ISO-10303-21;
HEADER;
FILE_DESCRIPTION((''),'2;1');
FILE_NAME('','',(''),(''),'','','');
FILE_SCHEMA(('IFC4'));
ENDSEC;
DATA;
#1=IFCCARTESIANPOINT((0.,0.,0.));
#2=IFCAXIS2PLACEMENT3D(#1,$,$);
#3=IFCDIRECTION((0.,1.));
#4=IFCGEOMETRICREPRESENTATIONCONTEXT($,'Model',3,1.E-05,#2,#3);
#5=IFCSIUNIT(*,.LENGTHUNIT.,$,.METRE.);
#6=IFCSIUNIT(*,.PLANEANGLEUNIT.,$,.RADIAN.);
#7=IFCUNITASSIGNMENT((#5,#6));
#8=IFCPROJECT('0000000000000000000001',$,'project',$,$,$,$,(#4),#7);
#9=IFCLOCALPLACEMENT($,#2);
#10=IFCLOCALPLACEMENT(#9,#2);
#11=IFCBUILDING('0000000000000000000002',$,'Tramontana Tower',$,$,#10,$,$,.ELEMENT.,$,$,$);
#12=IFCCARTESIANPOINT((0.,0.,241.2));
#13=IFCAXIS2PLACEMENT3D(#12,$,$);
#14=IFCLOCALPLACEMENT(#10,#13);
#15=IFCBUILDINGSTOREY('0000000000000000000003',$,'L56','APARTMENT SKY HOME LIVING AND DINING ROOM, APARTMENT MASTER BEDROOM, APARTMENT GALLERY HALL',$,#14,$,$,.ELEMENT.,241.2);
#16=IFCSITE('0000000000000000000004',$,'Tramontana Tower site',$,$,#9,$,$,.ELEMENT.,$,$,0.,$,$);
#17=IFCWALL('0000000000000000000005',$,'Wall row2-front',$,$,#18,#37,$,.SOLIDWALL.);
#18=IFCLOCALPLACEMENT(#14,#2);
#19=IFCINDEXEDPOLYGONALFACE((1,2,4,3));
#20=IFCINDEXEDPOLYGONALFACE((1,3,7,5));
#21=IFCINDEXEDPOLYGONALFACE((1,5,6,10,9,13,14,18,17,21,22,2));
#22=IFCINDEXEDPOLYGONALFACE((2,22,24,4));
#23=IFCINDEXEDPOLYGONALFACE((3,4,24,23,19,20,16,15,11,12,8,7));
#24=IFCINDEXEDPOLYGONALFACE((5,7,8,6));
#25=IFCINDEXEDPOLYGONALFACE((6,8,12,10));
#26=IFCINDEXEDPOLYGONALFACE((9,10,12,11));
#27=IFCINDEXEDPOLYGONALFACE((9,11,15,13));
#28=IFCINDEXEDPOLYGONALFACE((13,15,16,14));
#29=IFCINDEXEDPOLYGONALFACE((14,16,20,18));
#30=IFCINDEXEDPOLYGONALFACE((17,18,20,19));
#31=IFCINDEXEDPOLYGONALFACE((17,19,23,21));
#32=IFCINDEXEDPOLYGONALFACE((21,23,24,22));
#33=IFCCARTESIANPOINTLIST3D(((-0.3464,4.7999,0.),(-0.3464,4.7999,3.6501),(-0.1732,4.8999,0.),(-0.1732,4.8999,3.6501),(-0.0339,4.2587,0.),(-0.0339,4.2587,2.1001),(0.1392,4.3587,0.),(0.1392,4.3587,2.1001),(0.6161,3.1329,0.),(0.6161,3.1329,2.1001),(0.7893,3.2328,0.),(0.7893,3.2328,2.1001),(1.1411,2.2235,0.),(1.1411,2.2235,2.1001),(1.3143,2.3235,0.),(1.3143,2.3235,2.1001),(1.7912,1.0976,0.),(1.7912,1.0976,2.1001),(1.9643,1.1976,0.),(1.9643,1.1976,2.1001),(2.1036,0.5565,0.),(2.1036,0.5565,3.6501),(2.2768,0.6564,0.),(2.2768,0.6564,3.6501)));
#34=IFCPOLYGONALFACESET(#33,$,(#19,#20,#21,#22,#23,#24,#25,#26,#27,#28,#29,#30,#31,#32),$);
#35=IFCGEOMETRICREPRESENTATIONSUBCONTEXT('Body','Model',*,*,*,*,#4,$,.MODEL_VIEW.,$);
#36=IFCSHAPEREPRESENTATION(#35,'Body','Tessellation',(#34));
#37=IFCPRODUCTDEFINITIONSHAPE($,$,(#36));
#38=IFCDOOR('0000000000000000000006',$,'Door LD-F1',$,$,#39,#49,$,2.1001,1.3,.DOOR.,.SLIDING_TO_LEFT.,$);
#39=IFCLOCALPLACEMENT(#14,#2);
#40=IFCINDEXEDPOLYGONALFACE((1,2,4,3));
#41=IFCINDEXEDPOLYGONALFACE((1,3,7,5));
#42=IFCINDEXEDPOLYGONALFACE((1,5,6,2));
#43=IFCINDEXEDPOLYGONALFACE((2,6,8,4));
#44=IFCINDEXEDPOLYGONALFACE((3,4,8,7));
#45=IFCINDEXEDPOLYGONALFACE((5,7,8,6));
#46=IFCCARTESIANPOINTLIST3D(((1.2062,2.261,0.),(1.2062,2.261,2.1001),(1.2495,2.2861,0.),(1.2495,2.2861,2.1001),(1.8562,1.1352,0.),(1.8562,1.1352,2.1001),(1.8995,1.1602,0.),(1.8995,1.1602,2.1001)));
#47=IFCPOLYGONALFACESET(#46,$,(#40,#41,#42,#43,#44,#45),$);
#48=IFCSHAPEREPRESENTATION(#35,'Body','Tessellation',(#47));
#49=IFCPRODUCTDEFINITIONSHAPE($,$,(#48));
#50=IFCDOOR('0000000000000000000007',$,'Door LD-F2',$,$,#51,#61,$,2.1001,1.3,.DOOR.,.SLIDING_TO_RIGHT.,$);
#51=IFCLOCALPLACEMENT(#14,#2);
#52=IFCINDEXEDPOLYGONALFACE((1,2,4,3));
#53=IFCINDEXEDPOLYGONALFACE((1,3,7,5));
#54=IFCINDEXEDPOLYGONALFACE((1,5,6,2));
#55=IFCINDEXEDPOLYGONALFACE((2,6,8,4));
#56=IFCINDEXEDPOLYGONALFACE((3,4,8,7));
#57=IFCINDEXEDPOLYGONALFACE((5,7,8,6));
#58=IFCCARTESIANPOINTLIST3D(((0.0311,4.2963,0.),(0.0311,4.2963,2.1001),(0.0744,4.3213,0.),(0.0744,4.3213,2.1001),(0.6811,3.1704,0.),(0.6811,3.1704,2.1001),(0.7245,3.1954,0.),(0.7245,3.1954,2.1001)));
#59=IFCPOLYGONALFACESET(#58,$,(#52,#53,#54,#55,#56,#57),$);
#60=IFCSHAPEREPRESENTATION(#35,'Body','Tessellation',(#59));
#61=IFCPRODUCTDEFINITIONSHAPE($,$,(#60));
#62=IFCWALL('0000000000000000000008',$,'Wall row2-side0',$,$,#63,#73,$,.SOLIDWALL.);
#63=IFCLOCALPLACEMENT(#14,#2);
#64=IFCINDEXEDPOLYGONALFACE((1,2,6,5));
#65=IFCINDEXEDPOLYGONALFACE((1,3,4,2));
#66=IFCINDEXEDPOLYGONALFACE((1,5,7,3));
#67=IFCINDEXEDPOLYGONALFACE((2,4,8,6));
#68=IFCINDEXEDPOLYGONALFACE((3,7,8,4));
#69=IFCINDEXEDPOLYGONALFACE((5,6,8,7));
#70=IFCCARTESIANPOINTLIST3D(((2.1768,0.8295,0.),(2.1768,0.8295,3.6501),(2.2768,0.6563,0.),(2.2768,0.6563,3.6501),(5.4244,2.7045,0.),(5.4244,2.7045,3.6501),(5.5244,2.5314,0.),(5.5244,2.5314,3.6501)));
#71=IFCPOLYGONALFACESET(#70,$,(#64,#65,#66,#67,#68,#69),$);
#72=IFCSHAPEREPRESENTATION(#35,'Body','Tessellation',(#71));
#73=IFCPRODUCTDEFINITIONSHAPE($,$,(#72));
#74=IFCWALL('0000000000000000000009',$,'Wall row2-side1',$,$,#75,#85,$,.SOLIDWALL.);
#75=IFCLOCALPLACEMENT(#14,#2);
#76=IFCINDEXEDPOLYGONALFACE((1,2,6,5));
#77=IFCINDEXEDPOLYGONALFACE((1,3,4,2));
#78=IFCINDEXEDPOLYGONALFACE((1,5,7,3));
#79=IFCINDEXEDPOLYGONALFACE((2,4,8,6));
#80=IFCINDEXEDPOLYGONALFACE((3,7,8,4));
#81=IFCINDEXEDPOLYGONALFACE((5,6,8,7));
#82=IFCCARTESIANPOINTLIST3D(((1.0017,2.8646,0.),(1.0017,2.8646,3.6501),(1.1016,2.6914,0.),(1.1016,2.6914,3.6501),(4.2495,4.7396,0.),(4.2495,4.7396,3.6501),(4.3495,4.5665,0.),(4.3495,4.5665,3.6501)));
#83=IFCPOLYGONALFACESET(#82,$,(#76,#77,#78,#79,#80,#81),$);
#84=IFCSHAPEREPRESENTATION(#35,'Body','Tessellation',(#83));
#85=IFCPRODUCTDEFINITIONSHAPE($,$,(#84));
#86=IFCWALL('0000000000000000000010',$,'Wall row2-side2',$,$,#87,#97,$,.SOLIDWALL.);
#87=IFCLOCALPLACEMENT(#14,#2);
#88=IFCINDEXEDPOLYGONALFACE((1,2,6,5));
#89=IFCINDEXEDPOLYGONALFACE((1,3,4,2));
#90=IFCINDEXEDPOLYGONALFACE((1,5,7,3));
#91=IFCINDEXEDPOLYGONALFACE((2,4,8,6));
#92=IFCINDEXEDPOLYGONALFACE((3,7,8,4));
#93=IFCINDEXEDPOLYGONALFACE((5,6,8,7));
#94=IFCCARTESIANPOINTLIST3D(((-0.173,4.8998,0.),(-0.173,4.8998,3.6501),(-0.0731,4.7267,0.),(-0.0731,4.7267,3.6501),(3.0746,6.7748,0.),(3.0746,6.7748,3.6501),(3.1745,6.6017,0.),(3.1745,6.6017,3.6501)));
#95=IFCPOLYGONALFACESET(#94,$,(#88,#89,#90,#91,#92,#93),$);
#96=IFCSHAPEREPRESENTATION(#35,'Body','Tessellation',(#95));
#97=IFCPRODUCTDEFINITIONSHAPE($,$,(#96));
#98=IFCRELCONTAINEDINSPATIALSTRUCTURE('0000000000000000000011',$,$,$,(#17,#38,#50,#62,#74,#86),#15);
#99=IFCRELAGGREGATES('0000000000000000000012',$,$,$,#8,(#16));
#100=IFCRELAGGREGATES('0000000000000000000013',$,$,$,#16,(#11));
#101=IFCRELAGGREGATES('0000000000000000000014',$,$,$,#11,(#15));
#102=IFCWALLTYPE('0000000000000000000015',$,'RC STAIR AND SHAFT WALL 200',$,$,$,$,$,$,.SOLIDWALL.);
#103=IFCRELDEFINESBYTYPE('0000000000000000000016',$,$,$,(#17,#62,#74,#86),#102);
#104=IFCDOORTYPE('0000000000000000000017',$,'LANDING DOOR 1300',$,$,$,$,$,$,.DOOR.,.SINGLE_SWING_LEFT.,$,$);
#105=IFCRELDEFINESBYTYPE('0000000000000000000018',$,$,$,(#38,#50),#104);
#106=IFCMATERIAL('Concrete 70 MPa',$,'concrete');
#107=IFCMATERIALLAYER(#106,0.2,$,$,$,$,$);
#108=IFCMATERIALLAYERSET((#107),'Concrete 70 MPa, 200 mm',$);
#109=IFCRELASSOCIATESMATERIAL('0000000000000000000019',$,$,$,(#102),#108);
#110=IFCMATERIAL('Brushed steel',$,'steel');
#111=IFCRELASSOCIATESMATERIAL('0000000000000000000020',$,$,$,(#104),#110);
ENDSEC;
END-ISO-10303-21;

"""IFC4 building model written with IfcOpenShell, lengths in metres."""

from ifc_helpers import new_model, si_unit, direction, frame, frame_2d, origin, place, context, subcontext, project, spatial, rectangle, extrude, material, layer, layer_set, type_object, element, fill, save


model = new_model("IFC4")

# Units and contexts
model_context = context("Model", 3, precision=1e-05, world=origin(), true_north=direction((0.0, 1.0)))
body_context = subcontext(model_context, "Body", "Model", "MODEL_VIEW")
ifc_project = project(units=[si_unit("LENGTHUNIT", "METRE"), si_unit("PLANEANGLEUNIT", "RADIAN")], contexts=[model_context])

# Site, building, storey
site_placement = place(None, origin())
site = spatial("IfcSite", under=ifc_project, at=site_placement, Name="Tramontana Tower site", CompositionType="ELEMENT", RefElevation=0.0)
building_placement = place(site_placement, origin())
building = spatial("IfcBuilding", under=site, at=building_placement, Name="Tramontana Tower", CompositionType="ELEMENT")
storey_placement = place(building_placement, frame((0.0, 0.0, 241.2)))
storey = spatial("IfcBuildingStorey", under=building, at=storey_placement, Name="L56", Description="APARTMENT SKY HOME LIVING AND DINING ROOM, APARTMENT MASTER BEDROOM, APARTMENT GALLERY HALL", CompositionType="ELEMENT", Elevation=241.2)

# Wall, openings, doors
ifc_material_1 = material(Name="Concrete 70 MPa", Category="concrete")
ifc_layer_1 = layer(ifc_material_1, 0.2)
ifc_layer_set_1 = layer_set([ifc_layer_1], Name="Concrete 70 MPa, 200 mm")
wall_type_1 = type_object("IfcWallType", Name="RC STAIR AND SHAFT WALL 200", PredefinedType="SOLIDWALL", material=ifc_layer_set_1)
wall_1_placement = place(storey_placement, frame((2.1902, 0.6064, 0.0), z_axis=(0.0, 0.0, 1.0), x_axis=(-0.500003, 0.866024, 0.0)))
wall_1 = element("IfcWall", 1, at=wall_1_placement, inside=storey, type_object=wall_type_1, Name="Wall row2-front", PredefinedType="SOLIDWALL", context=body_context, shape_type="SweptSolid", body=[
    extrude(rectangle(XDim=4.8999, YDim=0.2, at=frame_2d((2.45, 0.0))), origin(), (0.0, 0.0, 1.0), 3.6501),
])
opening_1_placement = place(wall_1_placement, frame((0.625, 0.0, 0.0)))
opening_1 = element("IfcOpeningElement", 2, at=opening_1_placement, cuts=wall_1, PredefinedType="OPENING", context=body_context, shape_type="SweptSolid", body=[
    extrude(rectangle(XDim=1.3, YDim=2.1001, at=frame_2d((0.6499, 1.05))), frame((0.0, 0.1099, 0.0), z_axis=(0.0, -1.0, 0.0), x_axis=(1.0, 0.0, 0.0)), (0.0, 0.0, 1.0), 0.22),
])
opening_2_placement = place(wall_1_placement, frame((2.9751, 0.0, 0.0)))
opening_2 = element("IfcOpeningElement", 3, at=opening_2_placement, cuts=wall_1, PredefinedType="OPENING", context=body_context, shape_type="SweptSolid", body=[
    extrude(rectangle(XDim=1.3, YDim=2.1001, at=frame_2d((0.6499, 1.05))), frame((0.0, 0.1099, 0.0), z_axis=(0.0, -1.0, 0.0), x_axis=(1.0, 0.0, 0.0)), (0.0, 0.0, 1.0), 0.22),
])
ifc_material_2 = material(Name="Brushed steel", Category="steel")
door_type_1 = type_object("IfcDoorType", Name="LANDING DOOR 1300", OperationType="SINGLE_SWING_LEFT", PredefinedType="DOOR", material=ifc_material_2)
door_1_placement = place(opening_1_placement, origin())
door_1 = element("IfcDoor", 4, at=door_1_placement, inside=storey, type_object=door_type_1, Name="Door LD-F1", OperationType="SLIDING_TO_LEFT", OverallHeight=2.1001, OverallWidth=1.3, PredefinedType="DOOR", context=body_context, shape_type="SweptSolid", body=[
    extrude(rectangle(XDim=1.3, YDim=2.1001, at=frame_2d((0.6499, 1.05))), frame((0.0, 0.0249, 0.0), z_axis=(0.0, -1.0, 0.0), x_axis=(1.0, 0.0, 0.0)), (0.0, 0.0, 1.0), 0.05),
])
fill(opening_1, door_1)
door_2_placement = place(opening_2_placement, origin())
door_2 = element("IfcDoor", 5, at=door_2_placement, inside=storey, type_object=door_type_1, Name="Door LD-F2", OperationType="SLIDING_TO_RIGHT", OverallHeight=2.1001, OverallWidth=1.3, PredefinedType="DOOR", context=body_context, shape_type="SweptSolid", body=[
    extrude(rectangle(XDim=1.3, YDim=2.1001, at=frame_2d((0.6499, 1.05))), frame((0.0, 0.0249, 0.0), z_axis=(0.0, -1.0, 0.0), x_axis=(1.0, 0.0, 0.0)), (0.0, 0.0, 1.0), 0.05),
])
fill(opening_2, door_2)

# Walls
wall_2_placement = place(storey_placement, frame((2.2268, 0.7429, 0.0), z_axis=(0.0, 0.0, 1.0), x_axis=(0.866023, 0.500004, 0.0)))
element("IfcWall", 6, at=wall_2_placement, inside=storey, type_object=wall_type_1, Name="Wall row2-side0", PredefinedType="SOLIDWALL", context=body_context, shape_type="SweptSolid", body=[
    extrude(rectangle(XDim=3.75, YDim=0.2, at=frame_2d((1.875, 0.0))), origin(), (0.0, 0.0, 1.0), 3.6501),
])
wall_3_placement = place(storey_placement, frame((1.0518, 2.7781, 0.0), z_axis=(0.0, 0.0, 1.0), x_axis=(0.866039, 0.499976, 0.0)))
element("IfcWall", 7, at=wall_3_placement, inside=storey, type_object=wall_type_1, Name="Wall row2-side1", PredefinedType="SOLIDWALL", context=body_context, shape_type="SweptSolid", body=[
    extrude(rectangle(XDim=3.7502, YDim=0.2, at=frame_2d((1.875, 0.0))), origin(), (0.0, 0.0, 1.0), 3.6501),
])
wall_4_placement = place(storey_placement, frame((-0.123, 4.8132, 0.0), z_axis=(0.0, 0.0, 1.0), x_axis=(0.866023, 0.500004, 0.0)))
element("IfcWall", 8, at=wall_4_placement, inside=storey, type_object=wall_type_1, Name="Wall row2-side2", PredefinedType="SOLIDWALL", context=body_context, shape_type="SweptSolid", body=[
    extrude(rectangle(XDim=3.75, YDim=0.2, at=frame_2d((1.875, 0.0))), origin(), (0.0, 0.0, 1.0), 3.6501),
])

save(model, "model.ifc")
